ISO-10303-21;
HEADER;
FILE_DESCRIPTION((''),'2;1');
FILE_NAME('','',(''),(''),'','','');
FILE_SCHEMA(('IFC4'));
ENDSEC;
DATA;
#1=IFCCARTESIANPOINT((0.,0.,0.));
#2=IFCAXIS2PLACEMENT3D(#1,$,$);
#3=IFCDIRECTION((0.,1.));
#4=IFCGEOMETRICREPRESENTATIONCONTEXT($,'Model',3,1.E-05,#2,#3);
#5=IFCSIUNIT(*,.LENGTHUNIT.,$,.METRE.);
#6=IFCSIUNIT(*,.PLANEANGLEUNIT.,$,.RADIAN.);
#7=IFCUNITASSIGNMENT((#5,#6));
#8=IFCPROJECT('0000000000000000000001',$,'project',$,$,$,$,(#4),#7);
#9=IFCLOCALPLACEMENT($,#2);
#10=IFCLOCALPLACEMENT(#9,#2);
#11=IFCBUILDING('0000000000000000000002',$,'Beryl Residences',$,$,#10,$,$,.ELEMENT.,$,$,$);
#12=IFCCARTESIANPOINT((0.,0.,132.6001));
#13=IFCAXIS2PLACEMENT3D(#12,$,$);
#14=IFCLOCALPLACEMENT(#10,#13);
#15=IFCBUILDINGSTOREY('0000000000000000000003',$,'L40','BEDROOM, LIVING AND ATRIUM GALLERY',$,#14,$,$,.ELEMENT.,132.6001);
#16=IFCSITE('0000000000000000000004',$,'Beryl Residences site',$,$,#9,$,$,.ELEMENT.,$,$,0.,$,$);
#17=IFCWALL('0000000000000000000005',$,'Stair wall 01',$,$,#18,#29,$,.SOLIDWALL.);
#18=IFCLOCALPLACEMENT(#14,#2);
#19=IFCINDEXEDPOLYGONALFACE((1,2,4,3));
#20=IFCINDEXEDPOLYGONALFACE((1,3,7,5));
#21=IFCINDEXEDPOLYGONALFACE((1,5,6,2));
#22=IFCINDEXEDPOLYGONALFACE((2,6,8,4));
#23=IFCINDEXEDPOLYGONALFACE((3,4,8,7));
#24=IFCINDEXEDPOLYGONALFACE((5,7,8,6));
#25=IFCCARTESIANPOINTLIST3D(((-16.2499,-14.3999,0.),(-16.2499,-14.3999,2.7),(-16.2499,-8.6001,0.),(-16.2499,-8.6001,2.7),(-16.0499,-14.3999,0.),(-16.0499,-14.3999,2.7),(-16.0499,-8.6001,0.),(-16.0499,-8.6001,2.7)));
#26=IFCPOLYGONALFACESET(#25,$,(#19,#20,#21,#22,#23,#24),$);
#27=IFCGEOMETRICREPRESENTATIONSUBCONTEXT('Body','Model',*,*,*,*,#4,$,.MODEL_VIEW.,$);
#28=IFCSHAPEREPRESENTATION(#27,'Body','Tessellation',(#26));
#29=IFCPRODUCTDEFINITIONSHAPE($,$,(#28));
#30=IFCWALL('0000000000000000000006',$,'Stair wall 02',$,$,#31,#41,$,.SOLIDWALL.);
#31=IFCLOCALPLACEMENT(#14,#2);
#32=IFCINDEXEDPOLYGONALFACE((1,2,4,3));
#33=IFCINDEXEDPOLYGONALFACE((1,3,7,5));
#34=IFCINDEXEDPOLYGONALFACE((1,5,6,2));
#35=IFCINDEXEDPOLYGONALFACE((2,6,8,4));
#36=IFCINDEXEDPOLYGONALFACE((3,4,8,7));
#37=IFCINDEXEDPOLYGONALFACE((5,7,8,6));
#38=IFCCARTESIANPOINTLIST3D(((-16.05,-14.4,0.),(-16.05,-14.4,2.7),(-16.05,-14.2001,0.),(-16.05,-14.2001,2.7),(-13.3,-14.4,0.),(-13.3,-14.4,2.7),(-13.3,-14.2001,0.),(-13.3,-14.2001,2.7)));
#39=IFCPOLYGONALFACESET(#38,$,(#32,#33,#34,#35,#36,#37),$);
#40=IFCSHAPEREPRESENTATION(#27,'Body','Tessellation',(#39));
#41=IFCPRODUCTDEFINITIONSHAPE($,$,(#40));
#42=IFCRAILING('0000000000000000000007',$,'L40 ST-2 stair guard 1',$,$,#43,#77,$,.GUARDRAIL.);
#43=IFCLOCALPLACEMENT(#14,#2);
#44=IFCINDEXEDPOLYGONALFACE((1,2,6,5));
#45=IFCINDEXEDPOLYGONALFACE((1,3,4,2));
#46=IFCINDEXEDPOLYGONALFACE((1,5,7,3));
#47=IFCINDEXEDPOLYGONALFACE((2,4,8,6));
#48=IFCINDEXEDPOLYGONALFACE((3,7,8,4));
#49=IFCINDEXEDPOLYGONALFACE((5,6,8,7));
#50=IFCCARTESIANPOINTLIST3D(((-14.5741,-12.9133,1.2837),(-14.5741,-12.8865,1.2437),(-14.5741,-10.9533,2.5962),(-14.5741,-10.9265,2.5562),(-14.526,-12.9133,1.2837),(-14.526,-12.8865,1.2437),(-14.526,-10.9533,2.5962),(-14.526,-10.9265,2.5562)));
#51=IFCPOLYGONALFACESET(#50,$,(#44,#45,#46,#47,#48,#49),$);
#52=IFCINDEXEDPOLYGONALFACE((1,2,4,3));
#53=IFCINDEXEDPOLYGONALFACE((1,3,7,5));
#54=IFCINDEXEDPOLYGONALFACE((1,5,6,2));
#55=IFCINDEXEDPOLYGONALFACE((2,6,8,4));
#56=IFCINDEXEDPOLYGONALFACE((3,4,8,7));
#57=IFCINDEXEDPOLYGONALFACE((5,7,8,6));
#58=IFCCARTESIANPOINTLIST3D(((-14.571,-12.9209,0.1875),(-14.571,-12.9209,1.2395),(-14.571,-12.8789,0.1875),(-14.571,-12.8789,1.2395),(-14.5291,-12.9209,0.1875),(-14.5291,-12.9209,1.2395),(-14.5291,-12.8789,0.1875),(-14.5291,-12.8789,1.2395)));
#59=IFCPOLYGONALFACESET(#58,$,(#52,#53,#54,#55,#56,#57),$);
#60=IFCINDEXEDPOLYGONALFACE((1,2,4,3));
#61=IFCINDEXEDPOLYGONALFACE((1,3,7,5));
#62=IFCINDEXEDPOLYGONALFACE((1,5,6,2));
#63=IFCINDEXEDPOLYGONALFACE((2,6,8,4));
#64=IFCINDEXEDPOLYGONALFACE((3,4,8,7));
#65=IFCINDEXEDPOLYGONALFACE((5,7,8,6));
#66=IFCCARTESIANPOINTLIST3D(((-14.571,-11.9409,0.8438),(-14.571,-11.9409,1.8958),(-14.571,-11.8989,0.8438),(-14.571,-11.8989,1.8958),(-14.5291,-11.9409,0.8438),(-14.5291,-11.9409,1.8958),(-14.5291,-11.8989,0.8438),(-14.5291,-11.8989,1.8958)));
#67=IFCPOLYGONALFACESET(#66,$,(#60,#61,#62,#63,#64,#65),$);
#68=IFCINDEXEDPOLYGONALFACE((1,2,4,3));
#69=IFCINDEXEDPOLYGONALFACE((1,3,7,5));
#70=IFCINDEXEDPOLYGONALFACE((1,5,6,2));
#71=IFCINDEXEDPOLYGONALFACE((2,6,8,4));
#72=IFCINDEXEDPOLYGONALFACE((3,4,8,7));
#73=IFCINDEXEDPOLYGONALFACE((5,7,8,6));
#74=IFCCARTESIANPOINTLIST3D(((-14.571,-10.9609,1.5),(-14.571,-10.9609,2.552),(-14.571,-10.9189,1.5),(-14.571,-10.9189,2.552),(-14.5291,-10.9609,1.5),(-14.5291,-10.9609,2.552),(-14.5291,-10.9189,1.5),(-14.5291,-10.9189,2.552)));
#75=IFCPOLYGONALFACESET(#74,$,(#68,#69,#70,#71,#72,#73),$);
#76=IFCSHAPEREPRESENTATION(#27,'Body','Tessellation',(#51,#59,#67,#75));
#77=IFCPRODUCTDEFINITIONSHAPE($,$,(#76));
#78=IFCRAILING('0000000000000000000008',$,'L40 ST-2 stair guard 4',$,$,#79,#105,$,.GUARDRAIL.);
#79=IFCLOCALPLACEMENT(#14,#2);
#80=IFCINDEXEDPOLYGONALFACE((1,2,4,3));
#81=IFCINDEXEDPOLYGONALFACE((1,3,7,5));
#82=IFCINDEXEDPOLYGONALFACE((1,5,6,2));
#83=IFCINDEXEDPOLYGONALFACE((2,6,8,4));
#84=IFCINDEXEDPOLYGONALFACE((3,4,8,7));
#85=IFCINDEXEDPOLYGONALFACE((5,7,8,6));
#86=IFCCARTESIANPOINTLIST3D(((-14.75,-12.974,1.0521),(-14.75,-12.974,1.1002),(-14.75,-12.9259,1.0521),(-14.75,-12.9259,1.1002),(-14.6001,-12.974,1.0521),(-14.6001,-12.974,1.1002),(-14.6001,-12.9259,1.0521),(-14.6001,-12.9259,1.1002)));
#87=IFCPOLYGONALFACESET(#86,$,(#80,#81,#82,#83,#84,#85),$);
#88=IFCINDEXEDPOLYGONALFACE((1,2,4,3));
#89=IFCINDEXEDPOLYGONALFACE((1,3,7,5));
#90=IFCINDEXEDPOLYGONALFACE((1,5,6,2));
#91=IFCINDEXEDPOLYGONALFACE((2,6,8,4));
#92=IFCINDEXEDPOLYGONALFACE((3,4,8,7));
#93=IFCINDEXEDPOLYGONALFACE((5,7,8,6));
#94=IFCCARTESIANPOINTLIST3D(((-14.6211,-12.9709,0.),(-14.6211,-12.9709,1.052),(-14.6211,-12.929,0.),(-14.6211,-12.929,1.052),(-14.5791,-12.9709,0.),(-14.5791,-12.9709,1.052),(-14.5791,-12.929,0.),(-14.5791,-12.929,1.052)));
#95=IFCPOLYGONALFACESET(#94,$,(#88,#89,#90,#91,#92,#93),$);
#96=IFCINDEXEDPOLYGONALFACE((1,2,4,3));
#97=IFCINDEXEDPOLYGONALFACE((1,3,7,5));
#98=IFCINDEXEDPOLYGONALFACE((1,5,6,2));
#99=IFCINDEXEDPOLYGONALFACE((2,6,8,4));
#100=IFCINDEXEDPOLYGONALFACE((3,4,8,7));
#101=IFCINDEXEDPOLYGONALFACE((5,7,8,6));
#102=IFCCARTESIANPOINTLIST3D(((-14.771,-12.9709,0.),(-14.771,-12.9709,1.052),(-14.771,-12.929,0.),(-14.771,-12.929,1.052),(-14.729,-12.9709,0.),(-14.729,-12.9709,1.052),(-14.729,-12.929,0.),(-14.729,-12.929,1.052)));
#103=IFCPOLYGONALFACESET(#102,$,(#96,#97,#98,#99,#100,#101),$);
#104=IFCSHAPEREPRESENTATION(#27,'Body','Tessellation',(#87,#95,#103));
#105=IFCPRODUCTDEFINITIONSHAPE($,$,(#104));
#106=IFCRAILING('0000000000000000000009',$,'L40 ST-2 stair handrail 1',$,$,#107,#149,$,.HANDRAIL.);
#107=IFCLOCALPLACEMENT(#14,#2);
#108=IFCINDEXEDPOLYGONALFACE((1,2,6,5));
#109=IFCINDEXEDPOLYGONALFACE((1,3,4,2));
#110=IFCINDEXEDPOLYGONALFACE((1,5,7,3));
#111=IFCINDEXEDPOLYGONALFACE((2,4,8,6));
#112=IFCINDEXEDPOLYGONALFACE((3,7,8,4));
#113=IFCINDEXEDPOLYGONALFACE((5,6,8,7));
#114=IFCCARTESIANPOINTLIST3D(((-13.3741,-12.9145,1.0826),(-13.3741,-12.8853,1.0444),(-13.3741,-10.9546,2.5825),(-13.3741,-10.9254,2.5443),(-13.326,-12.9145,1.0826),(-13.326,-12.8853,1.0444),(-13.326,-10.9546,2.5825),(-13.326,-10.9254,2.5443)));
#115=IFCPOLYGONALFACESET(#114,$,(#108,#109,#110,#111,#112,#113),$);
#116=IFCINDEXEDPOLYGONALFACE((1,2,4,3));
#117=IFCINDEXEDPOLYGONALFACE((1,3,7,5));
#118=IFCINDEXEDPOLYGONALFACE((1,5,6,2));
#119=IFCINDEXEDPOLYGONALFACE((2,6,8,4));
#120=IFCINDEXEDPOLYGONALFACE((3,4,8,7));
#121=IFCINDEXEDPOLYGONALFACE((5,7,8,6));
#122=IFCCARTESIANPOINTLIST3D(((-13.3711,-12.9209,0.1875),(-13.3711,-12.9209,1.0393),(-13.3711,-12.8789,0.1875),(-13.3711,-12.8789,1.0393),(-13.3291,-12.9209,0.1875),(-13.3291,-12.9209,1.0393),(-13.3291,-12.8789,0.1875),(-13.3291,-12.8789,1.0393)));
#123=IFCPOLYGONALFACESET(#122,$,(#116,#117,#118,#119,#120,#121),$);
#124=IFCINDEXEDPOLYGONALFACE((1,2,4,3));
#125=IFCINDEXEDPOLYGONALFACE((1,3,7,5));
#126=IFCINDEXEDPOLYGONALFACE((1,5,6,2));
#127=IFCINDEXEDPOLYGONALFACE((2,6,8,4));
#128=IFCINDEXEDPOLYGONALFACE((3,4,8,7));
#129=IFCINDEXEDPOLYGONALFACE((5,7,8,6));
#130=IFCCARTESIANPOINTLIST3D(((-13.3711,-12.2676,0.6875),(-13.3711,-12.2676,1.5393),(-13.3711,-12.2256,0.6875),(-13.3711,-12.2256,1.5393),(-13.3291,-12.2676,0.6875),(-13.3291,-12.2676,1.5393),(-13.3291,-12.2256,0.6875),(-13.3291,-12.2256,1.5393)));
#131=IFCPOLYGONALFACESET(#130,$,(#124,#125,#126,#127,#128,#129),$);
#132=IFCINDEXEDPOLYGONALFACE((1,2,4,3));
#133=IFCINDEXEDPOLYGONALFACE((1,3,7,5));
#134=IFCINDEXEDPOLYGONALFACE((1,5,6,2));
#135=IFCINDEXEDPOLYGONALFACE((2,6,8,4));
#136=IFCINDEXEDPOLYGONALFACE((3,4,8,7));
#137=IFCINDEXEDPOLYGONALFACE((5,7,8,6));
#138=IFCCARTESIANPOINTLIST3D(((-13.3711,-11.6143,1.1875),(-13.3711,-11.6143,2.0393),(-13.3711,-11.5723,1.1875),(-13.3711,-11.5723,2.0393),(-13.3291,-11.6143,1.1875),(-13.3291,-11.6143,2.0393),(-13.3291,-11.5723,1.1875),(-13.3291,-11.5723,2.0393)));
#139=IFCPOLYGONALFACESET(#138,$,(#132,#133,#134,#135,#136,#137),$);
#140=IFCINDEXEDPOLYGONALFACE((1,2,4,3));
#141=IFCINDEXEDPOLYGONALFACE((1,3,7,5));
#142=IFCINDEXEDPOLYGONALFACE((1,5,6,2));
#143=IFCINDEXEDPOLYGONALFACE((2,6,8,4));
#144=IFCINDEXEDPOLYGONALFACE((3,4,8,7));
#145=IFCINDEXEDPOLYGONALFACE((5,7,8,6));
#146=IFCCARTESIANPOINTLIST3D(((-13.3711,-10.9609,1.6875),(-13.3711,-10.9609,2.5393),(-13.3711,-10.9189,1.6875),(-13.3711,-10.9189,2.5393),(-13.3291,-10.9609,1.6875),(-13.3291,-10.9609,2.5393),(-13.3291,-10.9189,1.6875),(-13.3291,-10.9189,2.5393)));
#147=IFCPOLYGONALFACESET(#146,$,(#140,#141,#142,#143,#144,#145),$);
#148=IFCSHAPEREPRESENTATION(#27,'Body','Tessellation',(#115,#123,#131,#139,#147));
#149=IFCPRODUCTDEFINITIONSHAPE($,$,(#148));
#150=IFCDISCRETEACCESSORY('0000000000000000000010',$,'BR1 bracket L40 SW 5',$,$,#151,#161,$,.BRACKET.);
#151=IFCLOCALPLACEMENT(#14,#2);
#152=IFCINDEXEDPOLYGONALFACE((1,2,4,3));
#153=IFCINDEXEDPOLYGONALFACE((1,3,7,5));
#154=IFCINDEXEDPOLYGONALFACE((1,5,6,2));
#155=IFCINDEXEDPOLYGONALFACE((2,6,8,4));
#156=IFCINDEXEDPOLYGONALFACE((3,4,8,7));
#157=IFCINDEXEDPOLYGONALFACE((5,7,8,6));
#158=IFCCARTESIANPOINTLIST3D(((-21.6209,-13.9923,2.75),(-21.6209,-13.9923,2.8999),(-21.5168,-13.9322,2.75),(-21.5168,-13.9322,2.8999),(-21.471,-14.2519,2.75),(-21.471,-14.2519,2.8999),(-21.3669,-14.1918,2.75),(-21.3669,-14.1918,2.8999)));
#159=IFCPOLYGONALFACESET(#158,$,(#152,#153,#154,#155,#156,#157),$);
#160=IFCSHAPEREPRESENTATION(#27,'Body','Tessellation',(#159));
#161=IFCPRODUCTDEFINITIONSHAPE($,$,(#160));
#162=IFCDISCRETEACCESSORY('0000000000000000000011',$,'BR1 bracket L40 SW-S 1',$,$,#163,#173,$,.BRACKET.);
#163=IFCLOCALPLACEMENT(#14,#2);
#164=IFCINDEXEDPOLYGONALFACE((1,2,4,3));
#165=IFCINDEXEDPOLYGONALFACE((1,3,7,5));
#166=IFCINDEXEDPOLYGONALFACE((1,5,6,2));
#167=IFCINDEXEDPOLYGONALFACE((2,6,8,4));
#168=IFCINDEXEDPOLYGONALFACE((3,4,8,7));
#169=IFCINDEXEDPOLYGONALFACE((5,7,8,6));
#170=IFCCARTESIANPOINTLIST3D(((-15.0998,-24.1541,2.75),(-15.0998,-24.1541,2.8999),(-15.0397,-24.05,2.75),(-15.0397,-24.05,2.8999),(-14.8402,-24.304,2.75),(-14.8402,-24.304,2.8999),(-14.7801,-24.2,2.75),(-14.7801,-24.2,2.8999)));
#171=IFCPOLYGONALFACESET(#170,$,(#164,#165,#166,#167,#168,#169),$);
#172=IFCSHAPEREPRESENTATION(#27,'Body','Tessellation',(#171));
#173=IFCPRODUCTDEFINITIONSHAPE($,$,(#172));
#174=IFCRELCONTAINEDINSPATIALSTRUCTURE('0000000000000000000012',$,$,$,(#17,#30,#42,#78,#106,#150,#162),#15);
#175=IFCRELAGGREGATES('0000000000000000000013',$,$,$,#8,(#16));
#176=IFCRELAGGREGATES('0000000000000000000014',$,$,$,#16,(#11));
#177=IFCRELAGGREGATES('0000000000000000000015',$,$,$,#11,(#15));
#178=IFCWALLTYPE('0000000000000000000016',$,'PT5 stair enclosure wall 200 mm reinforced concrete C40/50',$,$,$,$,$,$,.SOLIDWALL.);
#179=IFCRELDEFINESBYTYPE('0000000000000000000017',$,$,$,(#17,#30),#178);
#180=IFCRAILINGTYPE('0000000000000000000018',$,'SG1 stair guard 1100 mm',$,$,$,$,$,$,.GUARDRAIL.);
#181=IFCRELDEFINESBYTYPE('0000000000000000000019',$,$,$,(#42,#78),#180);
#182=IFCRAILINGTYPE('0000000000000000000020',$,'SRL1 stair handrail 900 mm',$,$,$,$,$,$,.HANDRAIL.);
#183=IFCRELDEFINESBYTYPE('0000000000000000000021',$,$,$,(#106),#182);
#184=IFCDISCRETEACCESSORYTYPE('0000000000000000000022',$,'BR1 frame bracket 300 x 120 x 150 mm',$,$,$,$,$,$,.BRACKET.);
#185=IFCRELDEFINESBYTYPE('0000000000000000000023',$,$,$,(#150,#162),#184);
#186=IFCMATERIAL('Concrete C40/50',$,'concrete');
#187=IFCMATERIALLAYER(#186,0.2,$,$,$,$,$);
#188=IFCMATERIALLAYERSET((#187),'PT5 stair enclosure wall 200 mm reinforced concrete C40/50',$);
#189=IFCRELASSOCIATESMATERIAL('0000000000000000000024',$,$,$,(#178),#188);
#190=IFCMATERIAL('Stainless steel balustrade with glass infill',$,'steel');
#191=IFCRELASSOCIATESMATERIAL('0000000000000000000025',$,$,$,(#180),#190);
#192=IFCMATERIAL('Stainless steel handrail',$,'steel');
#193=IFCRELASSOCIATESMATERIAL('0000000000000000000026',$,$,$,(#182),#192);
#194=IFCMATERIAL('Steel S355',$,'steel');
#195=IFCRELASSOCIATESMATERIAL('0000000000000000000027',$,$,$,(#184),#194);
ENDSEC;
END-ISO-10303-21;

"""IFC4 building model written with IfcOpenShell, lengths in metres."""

from ifc_helpers import new_model, si_unit, direction, frame, frame_2d, origin, origin_2d, place, context, subcontext, project, spatial, polyline, rectangle, outline, extrude, source, transform, mapped, material, layer, layer_set, type_object, type_shapes, element, save


model = new_model("IFC4")

# Units and contexts
model_context = context("Model", 3, precision=1e-05, world=origin(), true_north=direction((0.0, 1.0)))
body_context = subcontext(model_context, "Body", "Model", "MODEL_VIEW")
ifc_project = project(units=[si_unit("LENGTHUNIT", "METRE"), si_unit("PLANEANGLEUNIT", "RADIAN")], contexts=[model_context])

# Site, building, storey
site_placement = place(None, origin())
site = spatial("IfcSite", under=ifc_project, at=site_placement, Name="Beryl Residences site", CompositionType="ELEMENT", RefElevation=0.0)
building_placement = place(site_placement, origin())
building = spatial("IfcBuilding", under=site, at=building_placement, Name="Beryl Residences", CompositionType="ELEMENT")
storey_placement = place(building_placement, frame((0.0, 0.0, 132.6001)))
storey = spatial("IfcBuildingStorey", under=building, at=storey_placement, Name="L40", Description="BEDROOM, LIVING AND ATRIUM GALLERY", CompositionType="ELEMENT", Elevation=132.6001)

# Walls
ifc_material_1 = material(Name="Concrete C40/50", Category="concrete")
ifc_layer_1 = layer(ifc_material_1, 0.2)
ifc_layer_set_1 = layer_set([ifc_layer_1], Name="PT5 stair enclosure wall 200 mm reinforced concrete C40/50")
wall_type_1 = type_object("IfcWallType", Name="PT5 stair enclosure wall 200 mm reinforced concrete C40/50", PredefinedType="SOLIDWALL", material=ifc_layer_set_1)
wall_1_placement = place(storey_placement, frame((-16.1499, -14.3999, 0.0), z_axis=(0.0, 0.0, 1.0), x_axis=(0.0, 1.0, 0.0)))
element("IfcWall", 1, at=wall_1_placement, inside=storey, type_object=wall_type_1, Name="Stair wall 01", PredefinedType="SOLIDWALL", context=body_context, shape_type="SweptSolid", body=[
    extrude(rectangle(XDim=5.7998, YDim=0.2, at=frame_2d((2.8999, 0.0))), origin(), (0.0, 0.0, 1.0), 2.7),
])
wall_2_placement = place(storey_placement, frame((-16.05, -14.3, 0.0), z_axis=(0.0, 0.0, 1.0), x_axis=(1.0, 0.0, 0.0)))
element("IfcWall", 2, at=wall_2_placement, inside=storey, type_object=wall_type_1, Name="Stair wall 02", PredefinedType="SOLIDWALL", context=body_context, shape_type="SweptSolid", body=[
    extrude(rectangle(XDim=2.75, YDim=0.2, at=frame_2d((1.375, 0.0))), origin(), (0.0, 0.0, 1.0), 2.7),
])

# Railings
ifc_material_2 = material(Name="Stainless steel balustrade with glass infill", Category="steel")
railing_type_1 = type_object("IfcRailingType", Name="SG1 stair guard 1100 mm", PredefinedType="GUARDRAIL", material=ifc_material_2)
railing_1_placement = place(storey_placement, frame((-14.55, -12.8999, 0.1875)))
element("IfcRailing", 3, at=railing_1_placement, inside=storey, type_object=railing_type_1, Name="L40 ST-2 stair guard 1", PredefinedType="GUARDRAIL", context=body_context, shape_type="SweptSolid", body=[
    extrude(rectangle(XDim=0.0481, YDim=0.0481, at=origin_2d()), frame((0.0, 0.0, 1.0762), z_axis=(0.0, 0.830902, 0.556419), x_axis=(-1.0, 0.0, 0.0)), (0.0, 0.0, 1.0), 2.3589),
    extrude(rectangle(XDim=0.042, YDim=0.042, at=origin_2d()), origin(), (0.0, 0.0, 1.0), 1.052),
    extrude(rectangle(XDim=0.042, YDim=0.042, at=origin_2d()), frame((0.0, 0.98, 0.6562)), (0.0, 0.0, 1.0), 1.052),
    extrude(rectangle(XDim=0.042, YDim=0.042, at=origin_2d()), frame((0.0, 1.96, 1.3125)), (0.0, 0.0, 1.0), 1.052),
])
railing_2_placement = place(storey_placement, frame((-14.6001, -12.95, 0.0)))
element("IfcRailing", 4, at=railing_2_placement, inside=storey, type_object=railing_type_1, Name="L40 ST-2 stair guard 4", PredefinedType="GUARDRAIL", context=body_context, shape_type="SweptSolid", body=[
    extrude(rectangle(XDim=0.0481, YDim=0.0481, at=origin_2d()), frame((0.0, 0.0, 1.0762), z_axis=(-1.0, 0.0, 0.0), x_axis=(0.0, -1.0, 0.0)), (0.0, 0.0, 1.0), 0.1499),
    extrude(rectangle(XDim=0.042, YDim=0.042, at=origin_2d()), origin(), (0.0, 0.0, 1.0), 1.052),
    extrude(rectangle(XDim=0.042, YDim=0.042, at=origin_2d()), frame((-0.1499, 0.0, 0.0)), (0.0, 0.0, 1.0), 1.052),
])
ifc_material_3 = material(Name="Stainless steel handrail", Category="steel")
railing_type_2 = type_object("IfcRailingType", Name="SRL1 stair handrail 900 mm", PredefinedType="HANDRAIL", material=ifc_material_3)
railing_3_placement = place(storey_placement, frame((-13.3501, -12.8999, 0.1875)))
element("IfcRailing", 5, at=railing_3_placement, inside=storey, type_object=railing_type_2, Name="L40 ST-2 stair handrail 1", PredefinedType="HANDRAIL", context=body_context, shape_type="SweptSolid", body=[
    extrude(rectangle(XDim=0.0481, YDim=0.0481, at=origin_2d()), frame((0.0, 0.0, 0.876), z_axis=(0.0, 0.794122, 0.607758), x_axis=(-1.0, 0.0, 0.0)), (0.0, 0.0, 1.0), 2.468),
    extrude(rectangle(XDim=0.042, YDim=0.042, at=origin_2d()), origin(), (0.0, 0.0, 1.0), 0.8518),
    extrude(rectangle(XDim=0.042, YDim=0.042, at=origin_2d()), frame((0.0, 0.6533, 0.5)), (0.0, 0.0, 1.0), 0.8518),
    extrude(rectangle(XDim=0.042, YDim=0.042, at=origin_2d()), frame((0.0, 1.3066, 1.0)), (0.0, 0.0, 1.0), 0.8518),
    extrude(rectangle(XDim=0.042, YDim=0.042, at=origin_2d()), frame((0.0, 1.96, 1.5)), (0.0, 0.0, 1.0), 0.8518),
])

# Discrete accessories
ifc_material_4 = material(Name="Steel S355", Category="steel")
discrete_accessory_type = type_object("IfcDiscreteAccessoryType", Name="BR1 frame bracket 300 x 120 x 150 mm", PredefinedType="BRACKET", material=ifc_material_4)
shared_shape_1 = source(origin(), body_context, "Body", "SweptSolid", [
    extrude(outline(polyline([(-0.1499, 0.0), (0.1499, 0.0), (0.1499, 0.1201), (-0.1499, 0.1201), (-0.1499, 0.0)])), origin(), (0.0, 0.0, 1.0), 0.1499),
])
type_shapes(discrete_accessory_type, [shared_shape_1])
for number, where, z_axis, x_axis, name in (
    (6, (-21.4419, -14.062, 2.75), (0.0, 0.0, 1.0), (-0.5, 0.866025, 0.0), "BR1 bracket L40 SW 5"),
    (7, (-14.9099, -24.125, 2.75), (0.0, 0.0, 1.0), (-0.866025, 0.5, 0.0), "BR1 bracket L40 SW-S 1"),
):
    element("IfcDiscreteAccessory", number, at=place(storey_placement, frame(where, z_axis=z_axis, x_axis=x_axis)), inside=storey, type_object=discrete_accessory_type, Name=name, PredefinedType="BRACKET", context=body_context, shape_type="MappedRepresentation", body=[
        mapped(shared_shape_1, transform((0.0, 0.0, 0.0))),
    ])

save(model, "model.ifc")
